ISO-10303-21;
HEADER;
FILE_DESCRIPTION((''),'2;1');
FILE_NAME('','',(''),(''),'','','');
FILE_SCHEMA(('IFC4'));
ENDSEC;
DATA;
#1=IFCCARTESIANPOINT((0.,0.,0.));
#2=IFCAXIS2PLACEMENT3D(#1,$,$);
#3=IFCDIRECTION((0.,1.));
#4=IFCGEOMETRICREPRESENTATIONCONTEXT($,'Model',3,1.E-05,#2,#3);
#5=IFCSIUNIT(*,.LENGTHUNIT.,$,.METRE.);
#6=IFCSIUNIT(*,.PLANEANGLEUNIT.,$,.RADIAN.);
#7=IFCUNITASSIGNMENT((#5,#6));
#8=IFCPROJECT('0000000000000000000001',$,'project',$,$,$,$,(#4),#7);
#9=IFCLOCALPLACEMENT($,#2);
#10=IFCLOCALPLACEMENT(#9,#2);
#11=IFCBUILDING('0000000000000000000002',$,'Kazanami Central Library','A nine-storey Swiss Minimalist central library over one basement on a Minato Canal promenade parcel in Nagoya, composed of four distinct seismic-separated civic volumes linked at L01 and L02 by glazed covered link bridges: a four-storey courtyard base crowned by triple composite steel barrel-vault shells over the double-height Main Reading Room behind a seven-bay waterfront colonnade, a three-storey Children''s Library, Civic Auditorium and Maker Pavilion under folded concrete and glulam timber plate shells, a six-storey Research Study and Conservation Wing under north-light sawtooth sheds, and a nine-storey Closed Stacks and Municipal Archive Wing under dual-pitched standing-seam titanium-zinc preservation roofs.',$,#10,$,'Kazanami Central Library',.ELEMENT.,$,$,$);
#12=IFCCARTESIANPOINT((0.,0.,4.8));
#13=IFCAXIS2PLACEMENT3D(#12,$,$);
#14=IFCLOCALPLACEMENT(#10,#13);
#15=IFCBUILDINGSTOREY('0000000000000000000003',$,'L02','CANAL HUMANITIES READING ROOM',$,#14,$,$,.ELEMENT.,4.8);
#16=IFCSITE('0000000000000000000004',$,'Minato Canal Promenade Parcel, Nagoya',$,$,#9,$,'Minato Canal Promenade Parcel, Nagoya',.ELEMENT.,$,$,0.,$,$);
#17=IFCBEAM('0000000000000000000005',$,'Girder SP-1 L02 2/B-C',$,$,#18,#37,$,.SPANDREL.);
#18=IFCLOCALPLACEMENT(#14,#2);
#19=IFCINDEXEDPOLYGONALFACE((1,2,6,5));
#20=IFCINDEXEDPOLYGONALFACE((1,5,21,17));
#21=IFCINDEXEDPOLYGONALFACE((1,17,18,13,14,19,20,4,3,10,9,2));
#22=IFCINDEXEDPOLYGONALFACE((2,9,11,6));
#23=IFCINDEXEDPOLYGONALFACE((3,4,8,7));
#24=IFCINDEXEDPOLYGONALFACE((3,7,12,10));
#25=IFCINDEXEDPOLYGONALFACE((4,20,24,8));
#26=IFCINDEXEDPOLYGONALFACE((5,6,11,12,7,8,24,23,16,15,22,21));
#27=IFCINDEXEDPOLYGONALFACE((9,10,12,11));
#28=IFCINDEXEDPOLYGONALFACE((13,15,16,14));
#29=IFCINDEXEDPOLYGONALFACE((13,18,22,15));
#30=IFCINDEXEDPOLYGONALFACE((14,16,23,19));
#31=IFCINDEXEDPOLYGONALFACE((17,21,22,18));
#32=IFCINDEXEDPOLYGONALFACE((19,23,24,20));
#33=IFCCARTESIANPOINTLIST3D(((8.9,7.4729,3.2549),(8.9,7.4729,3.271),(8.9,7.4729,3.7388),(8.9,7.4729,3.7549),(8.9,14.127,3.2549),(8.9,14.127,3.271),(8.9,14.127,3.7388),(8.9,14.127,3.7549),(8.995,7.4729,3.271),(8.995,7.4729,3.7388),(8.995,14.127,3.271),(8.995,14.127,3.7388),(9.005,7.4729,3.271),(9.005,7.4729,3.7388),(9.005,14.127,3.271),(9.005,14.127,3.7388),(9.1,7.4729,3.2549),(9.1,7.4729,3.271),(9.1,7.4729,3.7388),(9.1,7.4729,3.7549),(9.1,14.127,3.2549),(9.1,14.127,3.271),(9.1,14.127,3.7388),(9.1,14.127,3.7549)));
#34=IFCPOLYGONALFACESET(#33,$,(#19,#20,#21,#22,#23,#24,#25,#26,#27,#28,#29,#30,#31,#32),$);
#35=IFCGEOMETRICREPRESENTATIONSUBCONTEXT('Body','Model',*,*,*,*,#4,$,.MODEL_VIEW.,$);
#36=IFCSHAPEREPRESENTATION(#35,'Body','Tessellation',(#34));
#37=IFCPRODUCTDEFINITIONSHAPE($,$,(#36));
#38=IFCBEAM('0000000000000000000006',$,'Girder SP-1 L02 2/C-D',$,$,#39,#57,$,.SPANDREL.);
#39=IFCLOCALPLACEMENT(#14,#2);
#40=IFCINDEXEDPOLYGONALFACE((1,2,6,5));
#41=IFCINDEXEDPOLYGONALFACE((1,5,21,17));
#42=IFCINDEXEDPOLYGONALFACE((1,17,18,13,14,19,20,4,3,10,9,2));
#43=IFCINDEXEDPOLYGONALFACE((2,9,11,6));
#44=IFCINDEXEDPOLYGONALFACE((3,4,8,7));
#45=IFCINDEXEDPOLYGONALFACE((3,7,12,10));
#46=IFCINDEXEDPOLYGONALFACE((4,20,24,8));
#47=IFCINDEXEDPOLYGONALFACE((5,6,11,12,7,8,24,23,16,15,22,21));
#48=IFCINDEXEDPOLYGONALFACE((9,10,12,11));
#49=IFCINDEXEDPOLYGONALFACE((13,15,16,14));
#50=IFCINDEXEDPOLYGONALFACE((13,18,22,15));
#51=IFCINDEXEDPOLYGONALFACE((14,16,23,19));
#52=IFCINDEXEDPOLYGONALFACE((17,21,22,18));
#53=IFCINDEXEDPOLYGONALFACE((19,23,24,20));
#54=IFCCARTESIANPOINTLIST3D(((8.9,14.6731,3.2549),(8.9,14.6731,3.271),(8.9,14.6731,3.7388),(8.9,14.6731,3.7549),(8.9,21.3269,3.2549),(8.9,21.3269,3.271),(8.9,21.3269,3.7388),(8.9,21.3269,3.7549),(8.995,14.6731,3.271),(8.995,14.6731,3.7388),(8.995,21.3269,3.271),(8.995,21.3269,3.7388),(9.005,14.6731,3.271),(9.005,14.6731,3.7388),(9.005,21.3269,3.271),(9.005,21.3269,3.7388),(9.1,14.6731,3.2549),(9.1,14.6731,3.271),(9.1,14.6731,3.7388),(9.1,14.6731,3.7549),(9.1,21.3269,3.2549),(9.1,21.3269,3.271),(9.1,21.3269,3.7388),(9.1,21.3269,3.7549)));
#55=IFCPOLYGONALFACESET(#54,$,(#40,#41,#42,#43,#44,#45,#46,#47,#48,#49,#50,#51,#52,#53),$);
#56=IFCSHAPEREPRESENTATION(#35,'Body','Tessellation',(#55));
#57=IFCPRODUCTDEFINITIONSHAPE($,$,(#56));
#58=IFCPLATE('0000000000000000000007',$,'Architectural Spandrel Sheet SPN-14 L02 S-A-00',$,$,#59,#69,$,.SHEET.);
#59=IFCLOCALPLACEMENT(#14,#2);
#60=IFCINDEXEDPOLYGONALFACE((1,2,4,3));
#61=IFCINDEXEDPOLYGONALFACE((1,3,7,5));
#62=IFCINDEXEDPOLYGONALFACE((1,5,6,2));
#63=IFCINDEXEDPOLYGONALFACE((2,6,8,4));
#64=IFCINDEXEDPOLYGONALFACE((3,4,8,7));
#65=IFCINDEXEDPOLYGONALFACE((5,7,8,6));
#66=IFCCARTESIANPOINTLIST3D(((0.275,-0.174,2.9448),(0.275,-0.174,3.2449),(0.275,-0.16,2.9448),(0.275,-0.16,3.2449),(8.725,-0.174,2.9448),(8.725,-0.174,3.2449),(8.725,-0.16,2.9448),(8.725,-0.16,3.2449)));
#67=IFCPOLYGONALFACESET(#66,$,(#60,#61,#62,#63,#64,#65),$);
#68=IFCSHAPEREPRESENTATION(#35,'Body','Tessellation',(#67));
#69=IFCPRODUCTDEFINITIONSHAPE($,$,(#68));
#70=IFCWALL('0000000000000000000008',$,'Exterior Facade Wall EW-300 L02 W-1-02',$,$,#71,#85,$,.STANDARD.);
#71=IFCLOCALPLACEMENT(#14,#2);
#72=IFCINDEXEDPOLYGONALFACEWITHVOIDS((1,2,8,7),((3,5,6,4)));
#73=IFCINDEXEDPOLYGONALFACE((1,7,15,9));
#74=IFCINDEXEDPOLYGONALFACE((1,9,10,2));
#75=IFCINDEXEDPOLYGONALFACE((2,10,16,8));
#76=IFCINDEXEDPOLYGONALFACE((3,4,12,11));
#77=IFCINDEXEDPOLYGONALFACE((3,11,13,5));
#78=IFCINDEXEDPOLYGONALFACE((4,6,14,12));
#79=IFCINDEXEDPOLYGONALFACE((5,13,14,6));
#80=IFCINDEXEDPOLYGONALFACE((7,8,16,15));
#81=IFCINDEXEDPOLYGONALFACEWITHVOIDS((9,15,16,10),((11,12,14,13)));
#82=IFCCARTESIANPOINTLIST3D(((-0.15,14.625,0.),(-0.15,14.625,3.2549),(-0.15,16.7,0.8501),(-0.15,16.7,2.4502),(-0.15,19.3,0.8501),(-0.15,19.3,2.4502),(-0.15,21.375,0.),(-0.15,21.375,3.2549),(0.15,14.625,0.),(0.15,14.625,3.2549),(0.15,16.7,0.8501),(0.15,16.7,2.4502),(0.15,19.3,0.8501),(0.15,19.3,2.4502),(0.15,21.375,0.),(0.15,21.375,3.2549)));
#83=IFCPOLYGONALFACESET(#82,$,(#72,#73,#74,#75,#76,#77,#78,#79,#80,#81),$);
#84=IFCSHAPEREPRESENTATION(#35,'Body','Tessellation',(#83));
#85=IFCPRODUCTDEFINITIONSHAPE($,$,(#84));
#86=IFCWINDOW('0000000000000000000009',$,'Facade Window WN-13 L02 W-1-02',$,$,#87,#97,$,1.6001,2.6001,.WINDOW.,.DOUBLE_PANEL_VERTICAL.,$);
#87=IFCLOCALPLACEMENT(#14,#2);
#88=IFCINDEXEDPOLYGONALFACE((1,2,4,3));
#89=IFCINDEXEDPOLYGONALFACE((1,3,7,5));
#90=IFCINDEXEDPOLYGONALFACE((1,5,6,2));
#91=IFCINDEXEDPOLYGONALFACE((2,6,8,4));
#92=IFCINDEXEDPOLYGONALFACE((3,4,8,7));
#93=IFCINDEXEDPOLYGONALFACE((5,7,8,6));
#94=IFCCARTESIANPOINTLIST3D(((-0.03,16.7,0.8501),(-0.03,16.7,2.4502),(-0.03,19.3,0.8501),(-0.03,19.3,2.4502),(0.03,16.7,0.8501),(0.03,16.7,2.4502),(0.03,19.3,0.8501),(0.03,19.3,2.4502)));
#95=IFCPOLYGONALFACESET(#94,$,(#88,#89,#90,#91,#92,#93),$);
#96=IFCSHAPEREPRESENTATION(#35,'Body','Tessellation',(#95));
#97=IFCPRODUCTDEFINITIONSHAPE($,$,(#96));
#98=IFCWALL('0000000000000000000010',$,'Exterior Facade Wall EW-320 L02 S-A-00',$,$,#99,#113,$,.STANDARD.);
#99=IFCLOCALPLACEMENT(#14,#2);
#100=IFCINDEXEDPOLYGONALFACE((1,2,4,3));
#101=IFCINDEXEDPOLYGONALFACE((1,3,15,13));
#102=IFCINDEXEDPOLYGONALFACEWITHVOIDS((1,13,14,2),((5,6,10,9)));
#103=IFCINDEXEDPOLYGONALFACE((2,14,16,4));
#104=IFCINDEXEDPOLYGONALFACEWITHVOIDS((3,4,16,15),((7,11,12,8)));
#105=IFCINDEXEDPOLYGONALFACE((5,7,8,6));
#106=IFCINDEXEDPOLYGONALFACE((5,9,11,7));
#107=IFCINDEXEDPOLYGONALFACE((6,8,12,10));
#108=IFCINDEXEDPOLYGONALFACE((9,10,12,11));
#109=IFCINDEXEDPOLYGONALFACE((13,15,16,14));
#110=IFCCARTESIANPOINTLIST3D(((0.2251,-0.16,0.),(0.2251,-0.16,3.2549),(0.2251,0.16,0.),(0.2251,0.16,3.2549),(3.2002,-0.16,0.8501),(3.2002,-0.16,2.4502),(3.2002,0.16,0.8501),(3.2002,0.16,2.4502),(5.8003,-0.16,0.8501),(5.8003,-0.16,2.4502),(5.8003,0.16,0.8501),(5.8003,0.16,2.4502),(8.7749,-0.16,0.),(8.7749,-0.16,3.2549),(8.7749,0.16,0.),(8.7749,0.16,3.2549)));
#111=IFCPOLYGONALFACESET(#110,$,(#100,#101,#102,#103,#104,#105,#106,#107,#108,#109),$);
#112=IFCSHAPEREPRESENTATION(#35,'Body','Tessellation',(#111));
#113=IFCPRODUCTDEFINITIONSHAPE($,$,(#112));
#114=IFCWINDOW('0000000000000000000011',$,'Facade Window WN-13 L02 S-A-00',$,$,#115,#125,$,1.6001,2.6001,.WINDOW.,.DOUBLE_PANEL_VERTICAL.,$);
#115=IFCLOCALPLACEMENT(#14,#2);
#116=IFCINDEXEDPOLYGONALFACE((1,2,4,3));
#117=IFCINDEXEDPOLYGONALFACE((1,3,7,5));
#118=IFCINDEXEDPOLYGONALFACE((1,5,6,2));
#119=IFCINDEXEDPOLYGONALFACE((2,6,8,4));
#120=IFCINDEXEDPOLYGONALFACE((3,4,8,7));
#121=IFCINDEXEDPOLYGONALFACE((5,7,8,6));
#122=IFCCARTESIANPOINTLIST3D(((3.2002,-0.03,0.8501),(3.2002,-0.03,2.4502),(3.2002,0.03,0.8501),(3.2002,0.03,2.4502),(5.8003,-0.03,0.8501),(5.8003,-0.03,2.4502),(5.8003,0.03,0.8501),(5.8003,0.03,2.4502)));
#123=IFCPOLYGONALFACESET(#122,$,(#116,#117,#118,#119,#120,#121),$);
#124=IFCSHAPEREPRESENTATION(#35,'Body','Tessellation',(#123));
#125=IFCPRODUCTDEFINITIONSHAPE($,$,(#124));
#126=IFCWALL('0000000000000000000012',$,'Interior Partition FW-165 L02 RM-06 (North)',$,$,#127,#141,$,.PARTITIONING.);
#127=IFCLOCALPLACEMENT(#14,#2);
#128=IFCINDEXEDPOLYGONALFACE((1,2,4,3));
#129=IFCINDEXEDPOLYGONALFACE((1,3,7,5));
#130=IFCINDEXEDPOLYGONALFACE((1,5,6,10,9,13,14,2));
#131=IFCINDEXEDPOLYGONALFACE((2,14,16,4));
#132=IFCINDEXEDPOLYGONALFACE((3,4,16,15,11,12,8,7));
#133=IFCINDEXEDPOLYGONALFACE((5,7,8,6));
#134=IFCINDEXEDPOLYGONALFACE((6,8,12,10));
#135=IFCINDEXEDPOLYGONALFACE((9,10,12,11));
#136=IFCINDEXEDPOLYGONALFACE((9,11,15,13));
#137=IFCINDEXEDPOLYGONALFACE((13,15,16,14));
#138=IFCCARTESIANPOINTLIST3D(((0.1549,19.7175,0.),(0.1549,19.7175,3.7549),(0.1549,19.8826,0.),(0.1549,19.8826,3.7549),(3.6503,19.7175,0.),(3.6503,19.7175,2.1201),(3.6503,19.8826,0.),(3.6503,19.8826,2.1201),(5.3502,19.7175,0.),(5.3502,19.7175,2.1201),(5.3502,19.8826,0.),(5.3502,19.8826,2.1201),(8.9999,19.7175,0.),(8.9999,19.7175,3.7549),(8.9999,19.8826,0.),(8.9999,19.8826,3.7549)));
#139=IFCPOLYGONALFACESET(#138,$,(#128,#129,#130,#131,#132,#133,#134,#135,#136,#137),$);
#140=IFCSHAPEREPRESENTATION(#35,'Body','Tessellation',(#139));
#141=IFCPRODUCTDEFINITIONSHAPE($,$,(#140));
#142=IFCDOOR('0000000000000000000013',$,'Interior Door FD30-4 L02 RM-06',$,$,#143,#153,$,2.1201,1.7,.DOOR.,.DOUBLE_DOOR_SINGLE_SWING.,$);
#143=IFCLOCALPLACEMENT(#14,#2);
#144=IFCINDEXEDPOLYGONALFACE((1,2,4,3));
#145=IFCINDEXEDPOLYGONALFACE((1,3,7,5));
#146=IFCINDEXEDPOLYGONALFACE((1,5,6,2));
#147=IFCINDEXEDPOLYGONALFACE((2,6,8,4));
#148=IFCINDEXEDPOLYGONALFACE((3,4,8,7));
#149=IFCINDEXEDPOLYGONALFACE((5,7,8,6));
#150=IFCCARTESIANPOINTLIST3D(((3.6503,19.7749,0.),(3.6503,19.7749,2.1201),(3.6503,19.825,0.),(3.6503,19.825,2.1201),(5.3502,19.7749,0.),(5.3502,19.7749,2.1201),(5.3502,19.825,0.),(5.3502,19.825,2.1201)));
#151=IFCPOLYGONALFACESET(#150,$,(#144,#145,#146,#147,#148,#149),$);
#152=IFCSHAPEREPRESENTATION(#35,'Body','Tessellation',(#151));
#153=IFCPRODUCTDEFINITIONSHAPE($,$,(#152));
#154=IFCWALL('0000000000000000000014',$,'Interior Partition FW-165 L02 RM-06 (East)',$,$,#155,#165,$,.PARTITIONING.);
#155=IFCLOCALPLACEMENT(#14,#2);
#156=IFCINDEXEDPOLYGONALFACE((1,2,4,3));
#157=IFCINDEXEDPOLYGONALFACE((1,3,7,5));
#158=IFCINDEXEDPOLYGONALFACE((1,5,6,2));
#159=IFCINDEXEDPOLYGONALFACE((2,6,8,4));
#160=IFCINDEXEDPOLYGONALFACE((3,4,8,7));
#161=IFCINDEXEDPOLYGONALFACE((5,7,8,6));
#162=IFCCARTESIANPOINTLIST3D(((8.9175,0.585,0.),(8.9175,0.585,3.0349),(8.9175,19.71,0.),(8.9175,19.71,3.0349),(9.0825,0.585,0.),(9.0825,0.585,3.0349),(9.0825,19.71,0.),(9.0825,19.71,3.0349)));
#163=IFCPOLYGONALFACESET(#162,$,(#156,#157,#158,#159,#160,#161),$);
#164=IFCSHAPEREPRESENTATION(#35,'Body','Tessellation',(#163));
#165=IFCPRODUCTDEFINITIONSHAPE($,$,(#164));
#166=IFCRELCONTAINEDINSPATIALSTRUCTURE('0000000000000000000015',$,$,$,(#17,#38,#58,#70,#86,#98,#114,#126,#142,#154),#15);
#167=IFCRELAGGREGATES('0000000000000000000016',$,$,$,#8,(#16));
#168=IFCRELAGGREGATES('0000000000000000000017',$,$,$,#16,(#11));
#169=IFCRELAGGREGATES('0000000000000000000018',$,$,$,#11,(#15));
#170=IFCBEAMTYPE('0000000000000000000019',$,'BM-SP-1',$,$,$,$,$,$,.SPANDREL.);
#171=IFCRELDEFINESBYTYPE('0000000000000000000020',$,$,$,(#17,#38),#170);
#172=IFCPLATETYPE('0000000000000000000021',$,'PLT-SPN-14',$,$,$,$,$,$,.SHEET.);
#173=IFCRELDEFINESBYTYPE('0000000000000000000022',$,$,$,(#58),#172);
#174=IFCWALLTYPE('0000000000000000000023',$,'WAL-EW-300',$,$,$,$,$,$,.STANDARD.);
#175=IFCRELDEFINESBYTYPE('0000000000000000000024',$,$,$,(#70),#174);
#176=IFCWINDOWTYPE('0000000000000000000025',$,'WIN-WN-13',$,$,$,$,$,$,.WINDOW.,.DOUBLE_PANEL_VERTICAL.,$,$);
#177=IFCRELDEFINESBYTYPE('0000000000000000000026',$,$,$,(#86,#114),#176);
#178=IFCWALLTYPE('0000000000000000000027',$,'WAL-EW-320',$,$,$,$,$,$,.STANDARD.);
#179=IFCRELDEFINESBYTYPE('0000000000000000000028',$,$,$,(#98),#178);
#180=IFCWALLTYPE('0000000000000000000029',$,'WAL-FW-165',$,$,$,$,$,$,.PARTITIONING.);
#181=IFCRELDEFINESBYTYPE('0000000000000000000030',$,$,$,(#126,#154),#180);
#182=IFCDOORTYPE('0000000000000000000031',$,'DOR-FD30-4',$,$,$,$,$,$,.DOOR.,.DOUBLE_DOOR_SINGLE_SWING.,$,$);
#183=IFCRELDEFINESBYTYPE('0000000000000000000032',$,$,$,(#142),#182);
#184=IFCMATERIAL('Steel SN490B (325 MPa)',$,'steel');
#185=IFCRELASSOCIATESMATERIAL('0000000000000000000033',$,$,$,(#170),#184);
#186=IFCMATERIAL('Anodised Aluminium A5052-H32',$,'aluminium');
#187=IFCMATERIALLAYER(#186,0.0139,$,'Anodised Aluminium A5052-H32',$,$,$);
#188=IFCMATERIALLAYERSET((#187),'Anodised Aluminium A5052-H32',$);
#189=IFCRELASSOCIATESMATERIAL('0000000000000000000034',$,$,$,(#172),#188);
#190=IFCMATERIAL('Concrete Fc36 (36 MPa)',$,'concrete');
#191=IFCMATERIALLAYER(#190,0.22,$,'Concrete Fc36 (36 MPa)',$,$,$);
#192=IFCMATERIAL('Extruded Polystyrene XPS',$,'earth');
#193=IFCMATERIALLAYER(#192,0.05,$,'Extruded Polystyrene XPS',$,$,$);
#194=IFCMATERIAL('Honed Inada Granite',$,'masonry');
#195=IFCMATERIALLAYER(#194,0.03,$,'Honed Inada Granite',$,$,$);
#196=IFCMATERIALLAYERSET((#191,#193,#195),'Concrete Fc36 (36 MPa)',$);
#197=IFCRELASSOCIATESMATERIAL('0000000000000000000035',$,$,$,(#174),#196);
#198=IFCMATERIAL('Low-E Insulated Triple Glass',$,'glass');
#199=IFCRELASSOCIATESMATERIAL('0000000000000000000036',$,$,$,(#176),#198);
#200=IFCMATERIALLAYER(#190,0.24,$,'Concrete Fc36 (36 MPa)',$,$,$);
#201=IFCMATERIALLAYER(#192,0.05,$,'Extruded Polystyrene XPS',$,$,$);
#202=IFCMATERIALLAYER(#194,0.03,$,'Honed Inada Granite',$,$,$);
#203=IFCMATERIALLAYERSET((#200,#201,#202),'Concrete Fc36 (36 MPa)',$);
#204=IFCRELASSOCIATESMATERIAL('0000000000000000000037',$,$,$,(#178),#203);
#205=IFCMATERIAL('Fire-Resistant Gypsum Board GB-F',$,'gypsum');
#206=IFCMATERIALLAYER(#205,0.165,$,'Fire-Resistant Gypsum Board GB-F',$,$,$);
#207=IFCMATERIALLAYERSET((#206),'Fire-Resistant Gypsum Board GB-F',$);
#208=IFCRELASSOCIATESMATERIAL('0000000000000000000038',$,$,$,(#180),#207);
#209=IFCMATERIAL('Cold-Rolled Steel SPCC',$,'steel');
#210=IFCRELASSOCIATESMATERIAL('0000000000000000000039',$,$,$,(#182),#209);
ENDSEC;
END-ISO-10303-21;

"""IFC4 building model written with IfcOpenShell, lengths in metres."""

from ifc_helpers import new_model, si_unit, direction, frame, frame_2d, origin, origin_2d, place, context, subcontext, project, spatial, rectangle, i_section, extrude, material, layer, layer_set, material_profile, profile_set, type_object, element, fill, save


model = new_model("IFC4")

# Units and contexts
model_context = context("Model", 3, precision=1e-05, world=origin(), true_north=direction((0.0, 1.0)))
body_context = subcontext(model_context, "Body", "Model", "MODEL_VIEW")
ifc_project = project(units=[si_unit("LENGTHUNIT", "METRE"), si_unit("PLANEANGLEUNIT", "RADIAN")], contexts=[model_context])

# Site, building, storey
site_placement = place(None, origin())
site = spatial("IfcSite", under=ifc_project, at=site_placement, Name="Minato Canal Promenade Parcel, Nagoya", LongName="Minato Canal Promenade Parcel, Nagoya", CompositionType="ELEMENT", RefElevation=0.0)
building_placement = place(site_placement, origin())
building = spatial("IfcBuilding", under=site, at=building_placement, Name="Kazanami Central Library", Description="A nine-storey Swiss Minimalist central library over one basement on a Minato Canal promenade parcel in Nagoya, composed of four distinct seismic-separated civic volumes linked at L01 and L02 by glazed covered link bridges: a four-storey courtyard base crowned by triple composite steel barrel-vault shells over the double-height Main Reading Room behind a seven-bay waterfront colonnade, a three-storey Children's Library, Civic Auditorium and Maker Pavilion under folded concrete and glulam timber plate shells, a six-storey Research Study and Conservation Wing under north-light sawtooth sheds, and a nine-storey Closed Stacks and Municipal Archive Wing under dual-pitched standing-seam titanium-zinc preservation roofs.", LongName="Kazanami Central Library", CompositionType="ELEMENT")
storey_placement = place(building_placement, frame((0.0, 0.0, 4.8)))
storey = spatial("IfcBuildingStorey", under=building, at=storey_placement, Name="L02", Description="CANAL HUMANITIES READING ROOM", CompositionType="ELEMENT", Elevation=4.8)

# Beams
ifc_material_1 = material(Name="Steel SN490B (325 MPa)", Category="steel")
ifc_material_profile_1 = material_profile(ifc_material_1, i_section(OverallWidth=0.2, OverallDepth=0.5, WebThickness=0.01, FlangeThickness=0.0161, at=origin_2d()), Name="H-500x200x10x16")
ifc_profile_set_1 = profile_set([ifc_material_profile_1], Name="Steel SN490B (325 MPa)")
beam_type_1 = type_object("IfcBeamType", Name="BM-SP-1", PredefinedType="SPANDREL", material=ifc_profile_set_1)
beam_1_placement = place(storey_placement, frame((9.0, 7.4729, 3.5049), z_axis=(0.0, 1.0, 0.0), x_axis=(-1.0, 0.0, 0.0)))
element("IfcBeam", 1, at=beam_1_placement, inside=storey, type_object=beam_type_1, Name="Girder SP-1 L02 2/B-C", PredefinedType="SPANDREL", context=body_context, shape_type="SweptSolid", body=[
    extrude(i_section(OverallWidth=0.2, OverallDepth=0.5, WebThickness=0.01, FlangeThickness=0.0161, at=origin_2d()), origin(), (0.0, 0.0, 1.0), 6.6541),
])
beam_2_placement = place(storey_placement, frame((9.0, 14.6731, 3.5049), z_axis=(0.0, 1.0, 0.0), x_axis=(-1.0, 0.0, 0.0)))
element("IfcBeam", 2, at=beam_2_placement, inside=storey, type_object=beam_type_1, Name="Girder SP-1 L02 2/C-D", PredefinedType="SPANDREL", context=body_context, shape_type="SweptSolid", body=[
    extrude(i_section(OverallWidth=0.2, OverallDepth=0.5, WebThickness=0.01, FlangeThickness=0.0161, at=origin_2d()), origin(), (0.0, 0.0, 1.0), 6.6538),
])

# Plate
ifc_material_2 = material(Name="Anodised Aluminium A5052-H32", Category="aluminium")
ifc_layer_1 = layer(ifc_material_2, 0.0139, Name="Anodised Aluminium A5052-H32")
ifc_layer_set_1 = layer_set([ifc_layer_1], Name="Anodised Aluminium A5052-H32")
plate_type = type_object("IfcPlateType", Name="PLT-SPN-14", PredefinedType="SHEET", material=ifc_layer_set_1)
plate_placement = place(storey_placement, frame((4.5, -0.167, 2.9448), z_axis=(0.0, 0.0, 1.0), x_axis=(1.0, 0.0, 0.0)))
element("IfcPlate", 3, at=plate_placement, inside=storey, type_object=plate_type, Name="Architectural Spandrel Sheet SPN-14 L02 S-A-00", PredefinedType="SHEET", context=body_context, shape_type="SweptSolid", body=[
    extrude(rectangle(XDim=8.45, YDim=0.0139, at=origin_2d()), origin(), (0.0, 0.0, 1.0), 0.3),
])

# Walls, openings, windows
ifc_material_3 = material(Name="Concrete Fc36 (36 MPa)", Category="concrete")
ifc_layer_2 = layer(ifc_material_3, 0.22, Name="Concrete Fc36 (36 MPa)")
ifc_material_4 = material(Name="Extruded Polystyrene XPS", Category="earth")
ifc_layer_3 = layer(ifc_material_4, 0.05, Name="Extruded Polystyrene XPS")
ifc_material_5 = material(Name="Honed Inada Granite", Category="masonry")
ifc_layer_4 = layer(ifc_material_5, 0.03, Name="Honed Inada Granite")
ifc_layer_set_2 = layer_set([ifc_layer_2, ifc_layer_3, ifc_layer_4], Name="Concrete Fc36 (36 MPa)")
wall_type_1 = type_object("IfcWallType", Name="WAL-EW-300", PredefinedType="STANDARD", material=ifc_layer_set_2)
wall_1_placement = place(storey_placement, frame((0.0, 14.625, 0.0), z_axis=(0.0, 0.0, 1.0), x_axis=(0.0, 1.0, 0.0)))
wall_1 = element("IfcWall", 4, at=wall_1_placement, inside=storey, type_object=wall_type_1, Name="Exterior Facade Wall EW-300 L02 W-1-02", PredefinedType="STANDARD", context=body_context, shape_type="SweptSolid", body=[
    extrude(rectangle(XDim=6.75, YDim=0.3, at=frame_2d((3.375, 0.0))), origin(), (0.0, 0.0, 1.0), 3.2549),
])
opening_1_placement = place(wall_1_placement, frame((2.075, 0.0, 0.8501)))
opening_1 = element("IfcOpeningElement", 5, at=opening_1_placement, cuts=wall_1, PredefinedType="OPENING", context=body_context, shape_type="SweptSolid", body=[
    extrude(rectangle(XDim=2.6001, YDim=1.6001, at=frame_2d((1.3, 0.8))), frame((0.0, 0.1621, 0.0), z_axis=(0.0, -1.0, 0.0), x_axis=(1.0, 0.0, 0.0)), (0.0, 0.0, 1.0), 0.324),
])
ifc_material_6 = material(Name="Low-E Insulated Triple Glass", Category="glass")
window_type = type_object("IfcWindowType", Name="WIN-WN-13", PartitioningType="DOUBLE_PANEL_VERTICAL", PredefinedType="WINDOW", material=ifc_material_6)
window_1_placement = place(opening_1_placement, origin())
window_1 = element("IfcWindow", 6, at=window_1_placement, inside=storey, type_object=window_type, Name="Facade Window WN-13 L02 W-1-02", OverallHeight=1.6001, OverallWidth=2.6001, PartitioningType="DOUBLE_PANEL_VERTICAL", PredefinedType="WINDOW", context=body_context, shape_type="SweptSolid", body=[
    extrude(rectangle(XDim=2.6001, YDim=1.6001, at=frame_2d((1.3, 0.8))), frame((0.0, 0.03, 0.0), z_axis=(0.0, -1.0, 0.0), x_axis=(1.0, 0.0, 0.0)), (0.0, 0.0, 1.0), 0.0601),
])
fill(opening_1, window_1)
ifc_layer_5 = layer(ifc_material_3, 0.24, Name="Concrete Fc36 (36 MPa)")
ifc_layer_6 = layer(ifc_material_4, 0.05, Name="Extruded Polystyrene XPS")
ifc_layer_7 = layer(ifc_material_5, 0.03, Name="Honed Inada Granite")
ifc_layer_set_3 = layer_set([ifc_layer_5, ifc_layer_6, ifc_layer_7], Name="Concrete Fc36 (36 MPa)")
wall_type_2 = type_object("IfcWallType", Name="WAL-EW-320", PredefinedType="STANDARD", material=ifc_layer_set_3)
wall_2_placement = place(storey_placement, frame((0.2251, 0.0, 0.0), z_axis=(0.0, 0.0, 1.0), x_axis=(1.0, 0.0, 0.0)))
wall_2 = element("IfcWall", 7, at=wall_2_placement, inside=storey, type_object=wall_type_2, Name="Exterior Facade Wall EW-320 L02 S-A-00", PredefinedType="STANDARD", context=body_context, shape_type="SweptSolid", body=[
    extrude(rectangle(XDim=8.5498, YDim=0.3201, at=frame_2d((4.2749, 0.0))), origin(), (0.0, 0.0, 1.0), 3.2549),
])
opening_2_placement = place(wall_2_placement, frame((2.9751, 0.0, 0.8501)))
opening_2 = element("IfcOpeningElement", 8, at=opening_2_placement, cuts=wall_2, PredefinedType="OPENING", context=body_context, shape_type="SweptSolid", body=[
    extrude(rectangle(XDim=2.6001, YDim=1.6001, at=frame_2d((1.3, 0.8))), frame((0.0, 0.1719, 0.0), z_axis=(0.0, -1.0, 0.0), x_axis=(1.0, 0.0, 0.0)), (0.0, 0.0, 1.0), 0.344),
])
window_2_placement = place(opening_2_placement, origin())
window_2 = element("IfcWindow", 9, at=window_2_placement, inside=storey, type_object=window_type, Name="Facade Window WN-13 L02 S-A-00", OverallHeight=1.6001, OverallWidth=2.6001, PartitioningType="DOUBLE_PANEL_VERTICAL", PredefinedType="WINDOW", context=body_context, shape_type="SweptSolid", body=[
    extrude(rectangle(XDim=2.6001, YDim=1.6001, at=frame_2d((1.3, 0.8))), frame((0.0, 0.03, 0.0), z_axis=(0.0, -1.0, 0.0), x_axis=(1.0, 0.0, 0.0)), (0.0, 0.0, 1.0), 0.0601),
])
fill(opening_2, window_2)

# Wall, opening, door
ifc_material_7 = material(Name="Fire-Resistant Gypsum Board GB-F", Category="gypsum")
ifc_layer_8 = layer(ifc_material_7, 0.165, Name="Fire-Resistant Gypsum Board GB-F")
ifc_layer_set_4 = layer_set([ifc_layer_8], Name="Fire-Resistant Gypsum Board GB-F")
wall_type_3 = type_object("IfcWallType", Name="WAL-FW-165", PredefinedType="PARTITIONING", material=ifc_layer_set_4)
wall_3_placement = place(storey_placement, frame((0.155, 19.8, 0.0), z_axis=(0.0, 0.0, 1.0), x_axis=(1.0, 0.0, 0.0)))
wall_3 = element("IfcWall", 10, at=wall_3_placement, inside=storey, type_object=wall_type_3, Name="Interior Partition FW-165 L02 RM-06 (North)", PredefinedType="PARTITIONING", context=body_context, shape_type="SweptSolid", body=[
    extrude(rectangle(XDim=8.845, YDim=0.165, at=frame_2d((4.4224, 0.0))), origin(), (0.0, 0.0, 1.0), 3.7549),
])
opening_3_placement = place(wall_3_placement, frame((3.4951, 0.0, 0.0)))
opening_3 = element("IfcOpeningElement", 11, at=opening_3_placement, cuts=wall_3, PredefinedType="OPENING", context=body_context, shape_type="SweptSolid", body=[
    extrude(rectangle(XDim=1.7, YDim=2.1201, at=frame_2d((0.8501, 1.0601))), frame((0.0, 0.0945, 0.0), z_axis=(0.0, -1.0, 0.0), x_axis=(1.0, 0.0, 0.0)), (0.0, 0.0, 1.0), 0.189),
])
ifc_material_8 = material(Name="Cold-Rolled Steel SPCC", Category="steel")
door_type_1 = type_object("IfcDoorType", Name="DOR-FD30-4", OperationType="DOUBLE_DOOR_SINGLE_SWING", PredefinedType="DOOR", material=ifc_material_8)
door_1_placement = place(opening_3_placement, origin())
door_1 = element("IfcDoor", 12, at=door_1_placement, inside=storey, type_object=door_type_1, Name="Interior Door FD30-4 L02 RM-06", OperationType="DOUBLE_DOOR_SINGLE_SWING", OverallHeight=2.1201, OverallWidth=1.7, PredefinedType="DOOR", context=body_context, shape_type="SweptSolid", body=[
    extrude(rectangle(XDim=1.7, YDim=2.1201, at=frame_2d((0.8501, 1.0601))), frame((0.0, 0.0249, 0.0), z_axis=(0.0, -1.0, 0.0), x_axis=(1.0, 0.0, 0.0)), (0.0, 0.0, 1.0), 0.05),
])
fill(opening_3, door_1)

# Wall
wall_4_placement = place(storey_placement, frame((9.0, 0.585, 0.0), z_axis=(0.0, 0.0, 1.0), x_axis=(0.0, 1.0, 0.0)))
element("IfcWall", 13, at=wall_4_placement, inside=storey, type_object=wall_type_3, Name="Interior Partition FW-165 L02 RM-06 (East)", PredefinedType="PARTITIONING", context=body_context, shape_type="SweptSolid", body=[
    extrude(rectangle(XDim=19.125, YDim=0.165, at=frame_2d((9.5625, 0.0))), origin(), (0.0, 0.0, 1.0), 3.0349),
])

save(model, "model.ifc")
